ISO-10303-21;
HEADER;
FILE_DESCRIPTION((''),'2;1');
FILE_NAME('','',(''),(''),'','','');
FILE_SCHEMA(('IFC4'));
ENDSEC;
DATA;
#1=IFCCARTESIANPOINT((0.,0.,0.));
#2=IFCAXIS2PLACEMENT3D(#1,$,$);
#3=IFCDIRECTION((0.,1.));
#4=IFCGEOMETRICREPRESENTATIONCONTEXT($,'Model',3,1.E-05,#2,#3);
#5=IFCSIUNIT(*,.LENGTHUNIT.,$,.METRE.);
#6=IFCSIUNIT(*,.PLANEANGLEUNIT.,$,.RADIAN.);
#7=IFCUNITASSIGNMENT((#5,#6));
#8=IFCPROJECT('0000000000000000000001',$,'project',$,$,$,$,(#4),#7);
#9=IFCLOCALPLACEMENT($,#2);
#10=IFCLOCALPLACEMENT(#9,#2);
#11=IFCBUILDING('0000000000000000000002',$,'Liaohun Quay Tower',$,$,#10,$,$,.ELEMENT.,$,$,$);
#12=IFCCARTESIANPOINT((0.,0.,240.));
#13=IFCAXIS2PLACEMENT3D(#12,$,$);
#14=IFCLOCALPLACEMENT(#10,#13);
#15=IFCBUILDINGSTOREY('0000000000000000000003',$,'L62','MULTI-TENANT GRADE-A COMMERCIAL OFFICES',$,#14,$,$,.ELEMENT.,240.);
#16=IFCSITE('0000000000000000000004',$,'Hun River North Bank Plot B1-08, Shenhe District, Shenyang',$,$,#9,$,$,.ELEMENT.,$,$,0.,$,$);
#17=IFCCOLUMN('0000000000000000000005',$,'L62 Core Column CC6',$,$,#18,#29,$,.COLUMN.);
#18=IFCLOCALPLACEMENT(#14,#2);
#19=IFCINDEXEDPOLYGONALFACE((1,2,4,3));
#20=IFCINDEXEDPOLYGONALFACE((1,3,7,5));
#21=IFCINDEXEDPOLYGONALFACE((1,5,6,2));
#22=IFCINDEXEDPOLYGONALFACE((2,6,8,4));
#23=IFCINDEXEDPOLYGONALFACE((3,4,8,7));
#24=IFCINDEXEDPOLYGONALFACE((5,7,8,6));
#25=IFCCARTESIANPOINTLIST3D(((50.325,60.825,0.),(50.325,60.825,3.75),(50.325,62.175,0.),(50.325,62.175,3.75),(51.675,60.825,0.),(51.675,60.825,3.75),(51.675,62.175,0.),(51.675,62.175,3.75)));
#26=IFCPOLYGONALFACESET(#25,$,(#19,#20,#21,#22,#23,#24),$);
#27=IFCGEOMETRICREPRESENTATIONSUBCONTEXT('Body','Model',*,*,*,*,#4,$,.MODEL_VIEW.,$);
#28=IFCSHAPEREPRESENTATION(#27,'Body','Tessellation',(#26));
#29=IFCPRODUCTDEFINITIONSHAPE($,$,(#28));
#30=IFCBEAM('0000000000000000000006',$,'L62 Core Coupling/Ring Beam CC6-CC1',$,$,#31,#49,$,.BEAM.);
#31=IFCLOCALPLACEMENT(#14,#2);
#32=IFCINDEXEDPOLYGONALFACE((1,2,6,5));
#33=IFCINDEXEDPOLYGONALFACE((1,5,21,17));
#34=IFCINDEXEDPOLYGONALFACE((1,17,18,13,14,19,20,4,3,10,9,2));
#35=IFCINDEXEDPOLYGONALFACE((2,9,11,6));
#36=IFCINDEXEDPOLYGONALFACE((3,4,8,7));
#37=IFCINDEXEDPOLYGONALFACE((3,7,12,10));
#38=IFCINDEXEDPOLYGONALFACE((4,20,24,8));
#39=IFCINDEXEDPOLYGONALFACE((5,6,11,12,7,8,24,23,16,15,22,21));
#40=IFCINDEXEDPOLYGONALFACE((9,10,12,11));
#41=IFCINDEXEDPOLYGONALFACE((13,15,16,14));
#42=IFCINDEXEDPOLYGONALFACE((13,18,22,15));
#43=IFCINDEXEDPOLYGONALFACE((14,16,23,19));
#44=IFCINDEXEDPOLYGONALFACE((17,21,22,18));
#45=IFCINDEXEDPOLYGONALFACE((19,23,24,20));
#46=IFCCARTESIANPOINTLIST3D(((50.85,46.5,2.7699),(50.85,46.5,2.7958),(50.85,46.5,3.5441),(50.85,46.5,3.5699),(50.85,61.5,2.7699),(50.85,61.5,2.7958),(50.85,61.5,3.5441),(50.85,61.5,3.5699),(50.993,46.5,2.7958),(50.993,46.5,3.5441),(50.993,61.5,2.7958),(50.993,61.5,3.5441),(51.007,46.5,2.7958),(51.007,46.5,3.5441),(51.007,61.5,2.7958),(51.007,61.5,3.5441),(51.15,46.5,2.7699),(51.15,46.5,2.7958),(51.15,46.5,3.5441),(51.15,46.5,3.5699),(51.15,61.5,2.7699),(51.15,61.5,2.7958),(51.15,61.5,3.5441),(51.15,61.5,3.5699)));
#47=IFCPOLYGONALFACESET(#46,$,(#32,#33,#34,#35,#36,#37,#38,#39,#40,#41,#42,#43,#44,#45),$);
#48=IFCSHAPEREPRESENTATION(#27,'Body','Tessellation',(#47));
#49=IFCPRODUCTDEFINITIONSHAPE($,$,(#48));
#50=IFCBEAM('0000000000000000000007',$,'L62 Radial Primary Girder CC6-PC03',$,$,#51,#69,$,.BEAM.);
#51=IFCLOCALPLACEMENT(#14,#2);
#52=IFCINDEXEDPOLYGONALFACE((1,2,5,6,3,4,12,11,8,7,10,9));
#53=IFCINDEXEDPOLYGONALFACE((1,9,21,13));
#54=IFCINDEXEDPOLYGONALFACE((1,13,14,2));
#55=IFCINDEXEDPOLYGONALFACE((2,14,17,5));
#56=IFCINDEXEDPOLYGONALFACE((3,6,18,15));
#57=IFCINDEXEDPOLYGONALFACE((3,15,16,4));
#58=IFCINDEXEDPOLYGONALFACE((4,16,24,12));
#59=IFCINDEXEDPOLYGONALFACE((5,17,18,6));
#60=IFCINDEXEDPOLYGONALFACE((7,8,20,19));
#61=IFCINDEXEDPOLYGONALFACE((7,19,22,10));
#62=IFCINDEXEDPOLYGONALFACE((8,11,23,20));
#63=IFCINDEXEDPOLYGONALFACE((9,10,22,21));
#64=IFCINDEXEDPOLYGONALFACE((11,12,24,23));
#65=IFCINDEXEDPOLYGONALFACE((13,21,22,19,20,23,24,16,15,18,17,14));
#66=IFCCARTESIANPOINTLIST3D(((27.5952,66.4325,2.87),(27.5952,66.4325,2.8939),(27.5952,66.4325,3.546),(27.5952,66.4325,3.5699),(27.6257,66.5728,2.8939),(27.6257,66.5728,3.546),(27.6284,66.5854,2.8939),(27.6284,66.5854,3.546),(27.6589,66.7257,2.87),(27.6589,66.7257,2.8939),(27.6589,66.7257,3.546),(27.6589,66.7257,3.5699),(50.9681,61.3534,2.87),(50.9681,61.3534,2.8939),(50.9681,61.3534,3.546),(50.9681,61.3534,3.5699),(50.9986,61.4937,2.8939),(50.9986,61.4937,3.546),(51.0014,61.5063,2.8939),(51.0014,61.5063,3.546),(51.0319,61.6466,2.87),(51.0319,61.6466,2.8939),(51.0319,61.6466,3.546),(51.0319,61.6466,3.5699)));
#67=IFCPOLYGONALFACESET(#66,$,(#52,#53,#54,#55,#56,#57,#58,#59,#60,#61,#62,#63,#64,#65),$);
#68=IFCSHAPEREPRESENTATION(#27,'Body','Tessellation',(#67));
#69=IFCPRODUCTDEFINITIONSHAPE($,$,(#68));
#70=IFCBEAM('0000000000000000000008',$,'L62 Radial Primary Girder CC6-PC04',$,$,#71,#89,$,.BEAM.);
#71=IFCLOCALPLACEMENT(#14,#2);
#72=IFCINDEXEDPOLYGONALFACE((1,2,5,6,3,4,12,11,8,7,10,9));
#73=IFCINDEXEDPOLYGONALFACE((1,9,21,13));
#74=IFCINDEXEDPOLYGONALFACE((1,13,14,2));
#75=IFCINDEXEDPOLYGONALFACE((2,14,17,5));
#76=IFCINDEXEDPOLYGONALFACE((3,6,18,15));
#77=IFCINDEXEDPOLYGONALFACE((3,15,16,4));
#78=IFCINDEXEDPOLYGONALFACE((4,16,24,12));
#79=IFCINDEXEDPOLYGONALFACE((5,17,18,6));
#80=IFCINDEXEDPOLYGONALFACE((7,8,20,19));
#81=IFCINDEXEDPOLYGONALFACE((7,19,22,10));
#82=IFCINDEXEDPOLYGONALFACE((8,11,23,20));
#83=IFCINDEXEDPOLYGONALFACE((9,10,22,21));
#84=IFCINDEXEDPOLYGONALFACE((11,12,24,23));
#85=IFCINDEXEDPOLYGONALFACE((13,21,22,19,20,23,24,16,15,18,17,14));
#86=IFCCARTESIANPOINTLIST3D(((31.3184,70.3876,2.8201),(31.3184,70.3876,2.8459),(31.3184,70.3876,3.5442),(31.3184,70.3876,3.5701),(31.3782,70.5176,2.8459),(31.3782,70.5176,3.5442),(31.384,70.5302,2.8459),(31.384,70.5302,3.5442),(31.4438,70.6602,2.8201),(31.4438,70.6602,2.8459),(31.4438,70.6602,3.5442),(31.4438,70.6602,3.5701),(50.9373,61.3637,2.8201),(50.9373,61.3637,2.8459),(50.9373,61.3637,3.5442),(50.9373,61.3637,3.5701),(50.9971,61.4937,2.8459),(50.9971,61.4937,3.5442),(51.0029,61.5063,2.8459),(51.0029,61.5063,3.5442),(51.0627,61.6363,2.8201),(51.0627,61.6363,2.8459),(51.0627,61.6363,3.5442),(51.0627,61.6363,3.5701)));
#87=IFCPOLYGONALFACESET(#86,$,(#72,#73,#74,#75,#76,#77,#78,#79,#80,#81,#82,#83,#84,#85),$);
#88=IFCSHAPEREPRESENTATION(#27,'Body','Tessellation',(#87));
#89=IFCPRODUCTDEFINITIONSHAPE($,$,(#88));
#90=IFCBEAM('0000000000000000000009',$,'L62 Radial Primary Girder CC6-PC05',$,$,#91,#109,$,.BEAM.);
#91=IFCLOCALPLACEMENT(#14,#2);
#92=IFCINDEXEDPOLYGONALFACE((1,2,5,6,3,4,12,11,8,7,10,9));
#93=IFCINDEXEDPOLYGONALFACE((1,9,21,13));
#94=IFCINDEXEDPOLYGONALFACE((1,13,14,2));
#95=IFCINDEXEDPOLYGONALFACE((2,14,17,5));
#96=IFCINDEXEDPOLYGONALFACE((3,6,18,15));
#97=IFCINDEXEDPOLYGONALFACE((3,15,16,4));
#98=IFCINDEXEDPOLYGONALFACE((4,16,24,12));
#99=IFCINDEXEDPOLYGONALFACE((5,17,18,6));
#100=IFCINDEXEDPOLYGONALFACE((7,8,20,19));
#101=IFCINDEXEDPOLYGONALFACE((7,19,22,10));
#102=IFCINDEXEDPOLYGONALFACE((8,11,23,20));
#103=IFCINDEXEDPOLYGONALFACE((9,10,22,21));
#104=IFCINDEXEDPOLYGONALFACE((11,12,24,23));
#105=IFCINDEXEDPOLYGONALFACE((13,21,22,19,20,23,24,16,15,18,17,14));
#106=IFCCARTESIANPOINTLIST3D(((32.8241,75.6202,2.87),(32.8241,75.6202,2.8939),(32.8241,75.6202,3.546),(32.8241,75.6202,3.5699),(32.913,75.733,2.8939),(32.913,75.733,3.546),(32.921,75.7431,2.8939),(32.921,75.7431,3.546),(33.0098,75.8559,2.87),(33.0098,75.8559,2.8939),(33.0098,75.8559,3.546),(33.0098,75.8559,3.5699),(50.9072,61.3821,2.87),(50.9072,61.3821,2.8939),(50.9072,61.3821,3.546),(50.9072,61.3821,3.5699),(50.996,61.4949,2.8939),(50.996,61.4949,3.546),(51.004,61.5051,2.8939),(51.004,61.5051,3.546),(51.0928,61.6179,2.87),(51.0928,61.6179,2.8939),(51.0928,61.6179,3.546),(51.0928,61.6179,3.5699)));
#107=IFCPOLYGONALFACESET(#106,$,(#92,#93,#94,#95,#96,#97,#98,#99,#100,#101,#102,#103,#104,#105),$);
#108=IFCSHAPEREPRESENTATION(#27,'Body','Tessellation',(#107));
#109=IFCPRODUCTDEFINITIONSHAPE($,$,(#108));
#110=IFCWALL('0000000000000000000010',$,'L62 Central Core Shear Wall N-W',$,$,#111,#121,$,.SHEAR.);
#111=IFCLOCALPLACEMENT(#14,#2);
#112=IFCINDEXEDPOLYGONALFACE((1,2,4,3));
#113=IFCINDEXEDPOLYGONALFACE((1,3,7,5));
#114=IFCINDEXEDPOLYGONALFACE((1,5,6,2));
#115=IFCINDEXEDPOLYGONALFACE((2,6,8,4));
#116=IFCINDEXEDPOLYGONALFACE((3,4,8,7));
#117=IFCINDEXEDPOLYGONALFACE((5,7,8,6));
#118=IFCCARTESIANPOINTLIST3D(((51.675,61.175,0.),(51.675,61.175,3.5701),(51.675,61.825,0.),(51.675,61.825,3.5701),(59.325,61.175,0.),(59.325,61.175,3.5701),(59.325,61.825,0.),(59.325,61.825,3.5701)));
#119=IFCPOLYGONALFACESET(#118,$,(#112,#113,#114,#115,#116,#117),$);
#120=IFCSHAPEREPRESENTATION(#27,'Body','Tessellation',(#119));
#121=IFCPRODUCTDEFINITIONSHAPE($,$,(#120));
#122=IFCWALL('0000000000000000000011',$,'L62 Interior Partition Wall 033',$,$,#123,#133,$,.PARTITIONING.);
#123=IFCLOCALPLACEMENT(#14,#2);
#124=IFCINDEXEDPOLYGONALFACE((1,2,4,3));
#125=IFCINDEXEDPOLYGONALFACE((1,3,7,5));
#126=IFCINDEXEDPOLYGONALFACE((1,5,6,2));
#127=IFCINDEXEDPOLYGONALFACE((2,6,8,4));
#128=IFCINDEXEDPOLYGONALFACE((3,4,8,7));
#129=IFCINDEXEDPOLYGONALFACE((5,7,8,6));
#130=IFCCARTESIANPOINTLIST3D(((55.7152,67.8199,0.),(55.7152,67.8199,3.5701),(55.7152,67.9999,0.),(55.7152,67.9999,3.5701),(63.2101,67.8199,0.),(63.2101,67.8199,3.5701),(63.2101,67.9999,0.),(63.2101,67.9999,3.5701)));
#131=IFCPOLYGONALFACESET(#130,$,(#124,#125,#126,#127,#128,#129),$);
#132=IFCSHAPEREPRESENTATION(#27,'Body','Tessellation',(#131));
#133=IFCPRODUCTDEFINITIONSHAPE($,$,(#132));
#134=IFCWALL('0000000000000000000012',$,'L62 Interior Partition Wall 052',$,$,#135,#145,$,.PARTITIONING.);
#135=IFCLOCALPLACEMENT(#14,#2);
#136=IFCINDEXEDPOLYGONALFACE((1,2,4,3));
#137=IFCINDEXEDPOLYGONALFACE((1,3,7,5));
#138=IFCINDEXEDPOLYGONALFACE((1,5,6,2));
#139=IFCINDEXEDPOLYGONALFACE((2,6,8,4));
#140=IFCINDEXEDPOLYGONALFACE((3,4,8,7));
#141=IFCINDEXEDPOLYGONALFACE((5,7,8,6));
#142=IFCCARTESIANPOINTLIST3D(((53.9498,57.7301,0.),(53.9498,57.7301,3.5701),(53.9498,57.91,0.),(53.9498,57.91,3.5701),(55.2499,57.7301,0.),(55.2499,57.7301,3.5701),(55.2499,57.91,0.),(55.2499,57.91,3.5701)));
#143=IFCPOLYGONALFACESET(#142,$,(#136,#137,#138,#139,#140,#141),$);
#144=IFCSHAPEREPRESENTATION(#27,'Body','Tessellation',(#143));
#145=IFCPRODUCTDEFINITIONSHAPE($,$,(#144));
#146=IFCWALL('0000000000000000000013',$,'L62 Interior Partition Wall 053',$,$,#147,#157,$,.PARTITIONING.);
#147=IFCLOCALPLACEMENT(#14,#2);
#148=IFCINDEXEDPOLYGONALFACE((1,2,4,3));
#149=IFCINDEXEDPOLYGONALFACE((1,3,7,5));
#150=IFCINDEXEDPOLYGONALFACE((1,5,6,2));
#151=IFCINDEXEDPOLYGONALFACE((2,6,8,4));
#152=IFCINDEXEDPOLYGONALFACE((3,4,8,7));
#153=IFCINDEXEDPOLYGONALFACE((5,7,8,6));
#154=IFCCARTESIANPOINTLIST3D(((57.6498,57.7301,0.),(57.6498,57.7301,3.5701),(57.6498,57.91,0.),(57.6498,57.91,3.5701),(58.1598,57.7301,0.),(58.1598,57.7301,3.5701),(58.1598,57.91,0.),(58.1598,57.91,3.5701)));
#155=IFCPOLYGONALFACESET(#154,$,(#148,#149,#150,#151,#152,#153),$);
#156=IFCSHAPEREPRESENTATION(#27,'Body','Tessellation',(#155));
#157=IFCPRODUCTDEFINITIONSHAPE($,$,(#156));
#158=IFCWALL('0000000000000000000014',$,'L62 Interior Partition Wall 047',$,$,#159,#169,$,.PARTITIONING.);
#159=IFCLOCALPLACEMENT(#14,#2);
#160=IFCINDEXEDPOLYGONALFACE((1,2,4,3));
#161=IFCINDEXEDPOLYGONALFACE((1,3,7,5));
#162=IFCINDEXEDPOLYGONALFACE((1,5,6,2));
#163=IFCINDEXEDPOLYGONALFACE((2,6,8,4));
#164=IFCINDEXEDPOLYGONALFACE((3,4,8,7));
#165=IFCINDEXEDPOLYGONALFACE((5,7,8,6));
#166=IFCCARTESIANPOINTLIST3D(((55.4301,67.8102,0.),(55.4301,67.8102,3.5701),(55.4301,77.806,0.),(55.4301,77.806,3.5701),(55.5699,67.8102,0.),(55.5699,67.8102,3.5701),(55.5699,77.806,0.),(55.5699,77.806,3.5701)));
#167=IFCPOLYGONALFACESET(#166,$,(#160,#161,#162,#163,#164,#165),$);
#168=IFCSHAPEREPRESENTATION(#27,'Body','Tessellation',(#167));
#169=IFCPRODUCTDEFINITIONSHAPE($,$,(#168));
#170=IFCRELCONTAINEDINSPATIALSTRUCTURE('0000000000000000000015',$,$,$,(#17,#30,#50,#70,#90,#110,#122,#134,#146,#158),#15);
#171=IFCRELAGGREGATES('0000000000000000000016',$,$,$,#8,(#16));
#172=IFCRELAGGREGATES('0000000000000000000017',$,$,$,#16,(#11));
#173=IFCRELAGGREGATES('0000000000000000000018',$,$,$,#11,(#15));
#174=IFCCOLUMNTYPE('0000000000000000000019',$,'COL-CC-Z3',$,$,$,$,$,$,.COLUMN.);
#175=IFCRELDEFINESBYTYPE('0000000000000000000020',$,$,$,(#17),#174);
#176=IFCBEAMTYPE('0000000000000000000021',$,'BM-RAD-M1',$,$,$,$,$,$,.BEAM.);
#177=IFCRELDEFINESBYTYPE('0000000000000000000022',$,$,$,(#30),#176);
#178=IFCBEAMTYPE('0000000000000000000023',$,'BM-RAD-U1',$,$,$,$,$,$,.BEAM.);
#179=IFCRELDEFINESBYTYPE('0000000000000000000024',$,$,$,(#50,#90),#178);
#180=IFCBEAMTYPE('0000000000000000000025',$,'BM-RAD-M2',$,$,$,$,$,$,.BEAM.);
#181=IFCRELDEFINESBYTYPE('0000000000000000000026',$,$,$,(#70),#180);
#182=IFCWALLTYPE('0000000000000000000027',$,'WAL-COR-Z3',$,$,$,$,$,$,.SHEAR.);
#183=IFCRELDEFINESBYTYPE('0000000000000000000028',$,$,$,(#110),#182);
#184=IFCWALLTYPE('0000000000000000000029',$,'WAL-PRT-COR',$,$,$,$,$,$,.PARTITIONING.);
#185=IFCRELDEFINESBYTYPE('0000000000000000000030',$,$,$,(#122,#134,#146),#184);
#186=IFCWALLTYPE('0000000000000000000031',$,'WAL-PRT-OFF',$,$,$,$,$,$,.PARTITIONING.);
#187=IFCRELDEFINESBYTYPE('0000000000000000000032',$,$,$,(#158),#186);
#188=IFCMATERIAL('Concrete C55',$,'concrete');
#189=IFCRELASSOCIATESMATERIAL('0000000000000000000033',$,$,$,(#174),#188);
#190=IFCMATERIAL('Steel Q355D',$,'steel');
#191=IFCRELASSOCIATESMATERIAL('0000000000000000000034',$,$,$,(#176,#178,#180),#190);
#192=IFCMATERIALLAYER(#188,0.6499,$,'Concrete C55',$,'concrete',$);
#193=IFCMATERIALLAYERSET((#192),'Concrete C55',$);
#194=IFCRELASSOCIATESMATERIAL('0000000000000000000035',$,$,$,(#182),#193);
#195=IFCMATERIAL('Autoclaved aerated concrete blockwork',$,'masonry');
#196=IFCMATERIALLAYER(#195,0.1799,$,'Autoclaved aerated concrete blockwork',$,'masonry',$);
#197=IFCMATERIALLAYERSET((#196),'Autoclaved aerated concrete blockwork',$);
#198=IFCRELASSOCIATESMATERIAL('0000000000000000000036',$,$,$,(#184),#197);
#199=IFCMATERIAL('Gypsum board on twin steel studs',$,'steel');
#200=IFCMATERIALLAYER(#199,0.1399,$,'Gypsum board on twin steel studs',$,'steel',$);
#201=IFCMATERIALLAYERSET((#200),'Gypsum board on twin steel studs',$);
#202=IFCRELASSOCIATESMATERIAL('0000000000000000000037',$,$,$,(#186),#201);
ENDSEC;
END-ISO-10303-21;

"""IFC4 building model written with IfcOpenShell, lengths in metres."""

from ifc_helpers import new_model, si_unit, direction, frame, frame_2d, origin, origin_2d, place, context, subcontext, project, spatial, rectangle, i_section, extrude, source, transform, mapped, material, layer, layer_set, material_profile, profile_set, type_object, element, save


model = new_model("IFC4")

# Units and contexts
model_context = context("Model", 3, precision=1e-05, world=origin(), true_north=direction((0.0, 1.0)))
body_context = subcontext(model_context, "Body", "Model", "MODEL_VIEW")
ifc_project = project(units=[si_unit("LENGTHUNIT", "METRE"), si_unit("PLANEANGLEUNIT", "RADIAN")], contexts=[model_context])

# Site, building, storey
site_placement = place(None, origin())
site = spatial("IfcSite", under=ifc_project, at=site_placement, Name="Hun River North Bank Plot B1-08, Shenhe District, Shenyang", CompositionType="ELEMENT", RefElevation=0.0)
building_placement = place(site_placement, origin())
building = spatial("IfcBuilding", under=site, at=building_placement, Name="Liaohun Quay Tower", CompositionType="ELEMENT")
storey_placement = place(building_placement, frame((0.0, 0.0, 240.0)))
storey = spatial("IfcBuildingStorey", under=building, at=storey_placement, Name="L62", Description="MULTI-TENANT GRADE-A COMMERCIAL OFFICES", CompositionType="ELEMENT", Elevation=240.0)

# Column
ifc_material_1 = material(Name="Concrete C55", Category="concrete")
ifc_material_profile_1 = material_profile(ifc_material_1, rectangle(XDim=1.3501, YDim=1.3501, at=origin_2d()), Name="RC1350x1350")
ifc_profile_set_1 = profile_set([ifc_material_profile_1], Name="Concrete C55")
column_type = type_object("IfcColumnType", Name="COL-CC-Z3", PredefinedType="COLUMN", material=ifc_profile_set_1)
shared_shape_1 = source(origin(), body_context, "Body", "SweptSolid", [
    extrude(rectangle(XDim=1.3501, YDim=1.3501, at=origin_2d()), origin(), (0.0, 0.0, 1.0), 3.75),
])
column_placement = place(storey_placement, frame((51.0, 61.5, 0.0), z_axis=(0.0, 0.0, 1.0), x_axis=(1.0, 0.0, 0.0)))
element("IfcColumn", 1, at=column_placement, inside=storey, type_object=column_type, Name="L62 Core Column CC6", PredefinedType="COLUMN", context=body_context, shape_type="MappedRepresentation", body=[
    mapped(shared_shape_1, transform((0.0, 0.0, 0.0), x_axis=(1.0, 0.0, 0.0), y_axis=(0.0, 1.0, 0.0), z_axis=(0.0, 0.0, 1.0), scale=1.0)),
])

# Beams
ifc_material_2 = material(Name="Steel Q355D", Category="steel")
ifc_material_profile_2 = material_profile(ifc_material_2, i_section(OverallWidth=0.3, OverallDepth=0.8, WebThickness=0.0139, FlangeThickness=0.0259, at=origin_2d()), Name="HN800x300x14x26")
ifc_profile_set_2 = profile_set([ifc_material_profile_2], Name="Steel Q355D")
beam_type_1 = type_object("IfcBeamType", Name="BM-RAD-M1", PredefinedType="BEAM", material=ifc_profile_set_2)
shared_shape_2 = source(origin(), body_context, "Body", "SweptSolid", [
    extrude(i_section(OverallWidth=0.3, OverallDepth=0.8, WebThickness=0.0139, FlangeThickness=0.0259, at=origin_2d()), origin(), (0.0, 0.0, 1.0), 15.0),
])
beam_1_placement = place(storey_placement, frame((51.0, 61.5, 3.1699), z_axis=(0.0, -1.0, 0.0), x_axis=(1.0, 0.0, 0.0)))
element("IfcBeam", 2, at=beam_1_placement, inside=storey, type_object=beam_type_1, Name="L62 Core Coupling/Ring Beam CC6-CC1", PredefinedType="BEAM", context=body_context, shape_type="MappedRepresentation", body=[
    mapped(shared_shape_2, transform((0.0, 0.0, 0.0), x_axis=(1.0, 0.0, 0.0), y_axis=(0.0, 1.0, 0.0), z_axis=(0.0, 0.0, 1.0), scale=1.0)),
])
ifc_material_profile_3 = material_profile(ifc_material_2, i_section(OverallWidth=0.3, OverallDepth=0.7, WebThickness=0.0129, FlangeThickness=0.0239, at=origin_2d()), Name="HN700x300x13x24")
ifc_profile_set_3 = profile_set([ifc_material_profile_3], Name="Steel Q355D")
beam_type_2 = type_object("IfcBeamType", Name="BM-RAD-U1", PredefinedType="BEAM", material=ifc_profile_set_3)
shared_shape_3 = source(origin(), body_context, "Body", "SweptSolid", [
    extrude(i_section(OverallWidth=0.3, OverallDepth=0.7, WebThickness=0.0129, FlangeThickness=0.0239, at=origin_2d()), origin(), (0.0, 0.0, 1.0), 23.9185),
])
beam_2_placement = place(storey_placement, frame((51.0, 61.5, 3.22), z_axis=(-0.977194, 0.21235, 0.0), x_axis=(-0.21235, -0.977194, 0.0)))
element("IfcBeam", 3, at=beam_2_placement, inside=storey, type_object=beam_type_2, Name="L62 Radial Primary Girder CC6-PC03", PredefinedType="BEAM", context=body_context, shape_type="MappedRepresentation", body=[
    mapped(shared_shape_3, transform((0.0, 0.0, 0.0), x_axis=(1.0, 0.0, 0.0), y_axis=(0.0, 1.0, 0.0), z_axis=(0.0, 0.0, 1.0), scale=1.0)),
])
ifc_material_profile_4 = material_profile(ifc_material_2, i_section(OverallWidth=0.3, OverallDepth=0.75, WebThickness=0.0139, FlangeThickness=0.0259, at=origin_2d()), Name="HN750x300x14x26")
ifc_profile_set_4 = profile_set([ifc_material_profile_4], Name="Steel Q355D")
beam_type_3 = type_object("IfcBeamType", Name="BM-RAD-M2", PredefinedType="BEAM", material=ifc_profile_set_4)
shared_shape_4 = source(origin(), body_context, "Body", "SweptSolid", [
    extrude(i_section(OverallWidth=0.3, OverallDepth=0.75, WebThickness=0.0139, FlangeThickness=0.0259, at=origin_2d()), origin(), (0.0, 0.0, 1.0), 21.5947),
])
beam_3_placement = place(storey_placement, frame((51.0, 61.5, 3.1951), z_axis=(-0.908504, 0.417876, 0.0), x_axis=(-0.417876, -0.908504, 0.0)))
element("IfcBeam", 4, at=beam_3_placement, inside=storey, type_object=beam_type_3, Name="L62 Radial Primary Girder CC6-PC04", PredefinedType="BEAM", context=body_context, shape_type="MappedRepresentation", body=[
    mapped(shared_shape_4, transform((0.0, 0.0, 0.0), x_axis=(1.0, 0.0, 0.0), y_axis=(0.0, 1.0, 0.0), z_axis=(0.0, 0.0, 1.0), scale=1.0)),
])
shared_shape_5 = source(origin(), body_context, "Body", "SweptSolid", [
    extrude(i_section(OverallWidth=0.3, OverallDepth=0.7, WebThickness=0.0129, FlangeThickness=0.0239, at=origin_2d()), origin(), (0.0, 0.0, 1.0), 23.0156),
])
beam_4_placement = place(storey_placement, frame((51.0, 61.5, 3.22), z_axis=(-0.785686, 0.618626, 0.0), x_axis=(-0.618626, -0.785686, 0.0)))
element("IfcBeam", 5, at=beam_4_placement, inside=storey, type_object=beam_type_2, Name="L62 Radial Primary Girder CC6-PC05", PredefinedType="BEAM", context=body_context, shape_type="MappedRepresentation", body=[
    mapped(shared_shape_5, transform((0.0, 0.0, 0.0), x_axis=(1.0, 0.0, 0.0), y_axis=(0.0, 1.0, 0.0), z_axis=(0.0, 0.0, 1.0), scale=1.0)),
])

# Walls
ifc_layer_1 = layer(ifc_material_1, 0.6499, Name="Concrete C55", Category="concrete")
ifc_layer_set_1 = layer_set([ifc_layer_1], Name="Concrete C55")
wall_type_1 = type_object("IfcWallType", Name="WAL-COR-Z3", PredefinedType="SHEAR", material=ifc_layer_set_1)
wall_1_placement = place(storey_placement, frame((51.675, 61.5, 0.0), z_axis=(0.0, 0.0, 1.0), x_axis=(1.0, 0.0, 0.0)))
element("IfcWall", 6, at=wall_1_placement, inside=storey, type_object=wall_type_1, Name="L62 Central Core Shear Wall N-W", PredefinedType="SHEAR", context=body_context, shape_type="SweptSolid", body=[
    extrude(rectangle(XDim=7.6499, YDim=0.6499, at=frame_2d((3.825, 0.0))), origin(), (0.0, 0.0, 1.0), 3.5701),
])
ifc_material_3 = material(Name="Autoclaved aerated concrete blockwork", Category="masonry")
ifc_layer_2 = layer(ifc_material_3, 0.1799, Name="Autoclaved aerated concrete blockwork", Category="masonry")
ifc_layer_set_2 = layer_set([ifc_layer_2], Name="Autoclaved aerated concrete blockwork")
wall_type_2 = type_object("IfcWallType", Name="WAL-PRT-COR", PredefinedType="PARTITIONING", material=ifc_layer_set_2)
wall_2_placement = place(storey_placement, frame((55.7151, 67.9099, 0.0), z_axis=(0.0, 0.0, 1.0), x_axis=(1.0, 0.0, 0.0)))
element("IfcWall", 7, at=wall_2_placement, inside=storey, type_object=wall_type_2, Name="L62 Interior Partition Wall 033", PredefinedType="PARTITIONING", context=body_context, shape_type="SweptSolid", body=[
    extrude(rectangle(XDim=7.4949, YDim=0.1799, at=frame_2d((3.7476, 0.0))), origin(), (0.0, 0.0, 1.0), 3.5701),
])
wall_3_placement = place(storey_placement, frame((53.95, 57.8201, 0.0), z_axis=(0.0, 0.0, 1.0), x_axis=(1.0, 0.0, 0.0)))
element("IfcWall", 8, at=wall_3_placement, inside=storey, type_object=wall_type_2, Name="L62 Interior Partition Wall 052", PredefinedType="PARTITIONING", context=body_context, shape_type="SweptSolid", body=[
    extrude(rectangle(XDim=1.3, YDim=0.1799, at=frame_2d((0.6499, 0.0))), origin(), (0.0, 0.0, 1.0), 3.5701),
])
wall_4_placement = place(storey_placement, frame((57.6499, 57.8201, 0.0), z_axis=(0.0, 0.0, 1.0), x_axis=(1.0, 0.0, 0.0)))
element("IfcWall", 9, at=wall_4_placement, inside=storey, type_object=wall_type_2, Name="L62 Interior Partition Wall 053", PredefinedType="PARTITIONING", context=body_context, shape_type="SweptSolid", body=[
    extrude(rectangle(XDim=0.51, YDim=0.1799, at=frame_2d((0.2549, 0.0))), origin(), (0.0, 0.0, 1.0), 3.5701),
])
ifc_material_4 = material(Name="Gypsum board on twin steel studs", Category="steel")
ifc_layer_3 = layer(ifc_material_4, 0.1399, Name="Gypsum board on twin steel studs", Category="steel")
ifc_layer_set_3 = layer_set([ifc_layer_3], Name="Gypsum board on twin steel studs")
wall_type_3 = type_object("IfcWallType", Name="WAL-PRT-OFF", PredefinedType="PARTITIONING", material=ifc_layer_set_3)
wall_5_placement = place(storey_placement, frame((55.5, 67.8101, 0.0), z_axis=(0.0, 0.0, 1.0), x_axis=(0.0, 1.0, 0.0)))
element("IfcWall", 10, at=wall_5_placement, inside=storey, type_object=wall_type_3, Name="L62 Interior Partition Wall 047", PredefinedType="PARTITIONING", context=body_context, shape_type="SweptSolid", body=[
    extrude(rectangle(XDim=9.9958, YDim=0.1399, at=frame_2d((4.998, 0.0))), origin(), (0.0, 0.0, 1.0), 3.5701),
])

save(model, "model.ifc")
